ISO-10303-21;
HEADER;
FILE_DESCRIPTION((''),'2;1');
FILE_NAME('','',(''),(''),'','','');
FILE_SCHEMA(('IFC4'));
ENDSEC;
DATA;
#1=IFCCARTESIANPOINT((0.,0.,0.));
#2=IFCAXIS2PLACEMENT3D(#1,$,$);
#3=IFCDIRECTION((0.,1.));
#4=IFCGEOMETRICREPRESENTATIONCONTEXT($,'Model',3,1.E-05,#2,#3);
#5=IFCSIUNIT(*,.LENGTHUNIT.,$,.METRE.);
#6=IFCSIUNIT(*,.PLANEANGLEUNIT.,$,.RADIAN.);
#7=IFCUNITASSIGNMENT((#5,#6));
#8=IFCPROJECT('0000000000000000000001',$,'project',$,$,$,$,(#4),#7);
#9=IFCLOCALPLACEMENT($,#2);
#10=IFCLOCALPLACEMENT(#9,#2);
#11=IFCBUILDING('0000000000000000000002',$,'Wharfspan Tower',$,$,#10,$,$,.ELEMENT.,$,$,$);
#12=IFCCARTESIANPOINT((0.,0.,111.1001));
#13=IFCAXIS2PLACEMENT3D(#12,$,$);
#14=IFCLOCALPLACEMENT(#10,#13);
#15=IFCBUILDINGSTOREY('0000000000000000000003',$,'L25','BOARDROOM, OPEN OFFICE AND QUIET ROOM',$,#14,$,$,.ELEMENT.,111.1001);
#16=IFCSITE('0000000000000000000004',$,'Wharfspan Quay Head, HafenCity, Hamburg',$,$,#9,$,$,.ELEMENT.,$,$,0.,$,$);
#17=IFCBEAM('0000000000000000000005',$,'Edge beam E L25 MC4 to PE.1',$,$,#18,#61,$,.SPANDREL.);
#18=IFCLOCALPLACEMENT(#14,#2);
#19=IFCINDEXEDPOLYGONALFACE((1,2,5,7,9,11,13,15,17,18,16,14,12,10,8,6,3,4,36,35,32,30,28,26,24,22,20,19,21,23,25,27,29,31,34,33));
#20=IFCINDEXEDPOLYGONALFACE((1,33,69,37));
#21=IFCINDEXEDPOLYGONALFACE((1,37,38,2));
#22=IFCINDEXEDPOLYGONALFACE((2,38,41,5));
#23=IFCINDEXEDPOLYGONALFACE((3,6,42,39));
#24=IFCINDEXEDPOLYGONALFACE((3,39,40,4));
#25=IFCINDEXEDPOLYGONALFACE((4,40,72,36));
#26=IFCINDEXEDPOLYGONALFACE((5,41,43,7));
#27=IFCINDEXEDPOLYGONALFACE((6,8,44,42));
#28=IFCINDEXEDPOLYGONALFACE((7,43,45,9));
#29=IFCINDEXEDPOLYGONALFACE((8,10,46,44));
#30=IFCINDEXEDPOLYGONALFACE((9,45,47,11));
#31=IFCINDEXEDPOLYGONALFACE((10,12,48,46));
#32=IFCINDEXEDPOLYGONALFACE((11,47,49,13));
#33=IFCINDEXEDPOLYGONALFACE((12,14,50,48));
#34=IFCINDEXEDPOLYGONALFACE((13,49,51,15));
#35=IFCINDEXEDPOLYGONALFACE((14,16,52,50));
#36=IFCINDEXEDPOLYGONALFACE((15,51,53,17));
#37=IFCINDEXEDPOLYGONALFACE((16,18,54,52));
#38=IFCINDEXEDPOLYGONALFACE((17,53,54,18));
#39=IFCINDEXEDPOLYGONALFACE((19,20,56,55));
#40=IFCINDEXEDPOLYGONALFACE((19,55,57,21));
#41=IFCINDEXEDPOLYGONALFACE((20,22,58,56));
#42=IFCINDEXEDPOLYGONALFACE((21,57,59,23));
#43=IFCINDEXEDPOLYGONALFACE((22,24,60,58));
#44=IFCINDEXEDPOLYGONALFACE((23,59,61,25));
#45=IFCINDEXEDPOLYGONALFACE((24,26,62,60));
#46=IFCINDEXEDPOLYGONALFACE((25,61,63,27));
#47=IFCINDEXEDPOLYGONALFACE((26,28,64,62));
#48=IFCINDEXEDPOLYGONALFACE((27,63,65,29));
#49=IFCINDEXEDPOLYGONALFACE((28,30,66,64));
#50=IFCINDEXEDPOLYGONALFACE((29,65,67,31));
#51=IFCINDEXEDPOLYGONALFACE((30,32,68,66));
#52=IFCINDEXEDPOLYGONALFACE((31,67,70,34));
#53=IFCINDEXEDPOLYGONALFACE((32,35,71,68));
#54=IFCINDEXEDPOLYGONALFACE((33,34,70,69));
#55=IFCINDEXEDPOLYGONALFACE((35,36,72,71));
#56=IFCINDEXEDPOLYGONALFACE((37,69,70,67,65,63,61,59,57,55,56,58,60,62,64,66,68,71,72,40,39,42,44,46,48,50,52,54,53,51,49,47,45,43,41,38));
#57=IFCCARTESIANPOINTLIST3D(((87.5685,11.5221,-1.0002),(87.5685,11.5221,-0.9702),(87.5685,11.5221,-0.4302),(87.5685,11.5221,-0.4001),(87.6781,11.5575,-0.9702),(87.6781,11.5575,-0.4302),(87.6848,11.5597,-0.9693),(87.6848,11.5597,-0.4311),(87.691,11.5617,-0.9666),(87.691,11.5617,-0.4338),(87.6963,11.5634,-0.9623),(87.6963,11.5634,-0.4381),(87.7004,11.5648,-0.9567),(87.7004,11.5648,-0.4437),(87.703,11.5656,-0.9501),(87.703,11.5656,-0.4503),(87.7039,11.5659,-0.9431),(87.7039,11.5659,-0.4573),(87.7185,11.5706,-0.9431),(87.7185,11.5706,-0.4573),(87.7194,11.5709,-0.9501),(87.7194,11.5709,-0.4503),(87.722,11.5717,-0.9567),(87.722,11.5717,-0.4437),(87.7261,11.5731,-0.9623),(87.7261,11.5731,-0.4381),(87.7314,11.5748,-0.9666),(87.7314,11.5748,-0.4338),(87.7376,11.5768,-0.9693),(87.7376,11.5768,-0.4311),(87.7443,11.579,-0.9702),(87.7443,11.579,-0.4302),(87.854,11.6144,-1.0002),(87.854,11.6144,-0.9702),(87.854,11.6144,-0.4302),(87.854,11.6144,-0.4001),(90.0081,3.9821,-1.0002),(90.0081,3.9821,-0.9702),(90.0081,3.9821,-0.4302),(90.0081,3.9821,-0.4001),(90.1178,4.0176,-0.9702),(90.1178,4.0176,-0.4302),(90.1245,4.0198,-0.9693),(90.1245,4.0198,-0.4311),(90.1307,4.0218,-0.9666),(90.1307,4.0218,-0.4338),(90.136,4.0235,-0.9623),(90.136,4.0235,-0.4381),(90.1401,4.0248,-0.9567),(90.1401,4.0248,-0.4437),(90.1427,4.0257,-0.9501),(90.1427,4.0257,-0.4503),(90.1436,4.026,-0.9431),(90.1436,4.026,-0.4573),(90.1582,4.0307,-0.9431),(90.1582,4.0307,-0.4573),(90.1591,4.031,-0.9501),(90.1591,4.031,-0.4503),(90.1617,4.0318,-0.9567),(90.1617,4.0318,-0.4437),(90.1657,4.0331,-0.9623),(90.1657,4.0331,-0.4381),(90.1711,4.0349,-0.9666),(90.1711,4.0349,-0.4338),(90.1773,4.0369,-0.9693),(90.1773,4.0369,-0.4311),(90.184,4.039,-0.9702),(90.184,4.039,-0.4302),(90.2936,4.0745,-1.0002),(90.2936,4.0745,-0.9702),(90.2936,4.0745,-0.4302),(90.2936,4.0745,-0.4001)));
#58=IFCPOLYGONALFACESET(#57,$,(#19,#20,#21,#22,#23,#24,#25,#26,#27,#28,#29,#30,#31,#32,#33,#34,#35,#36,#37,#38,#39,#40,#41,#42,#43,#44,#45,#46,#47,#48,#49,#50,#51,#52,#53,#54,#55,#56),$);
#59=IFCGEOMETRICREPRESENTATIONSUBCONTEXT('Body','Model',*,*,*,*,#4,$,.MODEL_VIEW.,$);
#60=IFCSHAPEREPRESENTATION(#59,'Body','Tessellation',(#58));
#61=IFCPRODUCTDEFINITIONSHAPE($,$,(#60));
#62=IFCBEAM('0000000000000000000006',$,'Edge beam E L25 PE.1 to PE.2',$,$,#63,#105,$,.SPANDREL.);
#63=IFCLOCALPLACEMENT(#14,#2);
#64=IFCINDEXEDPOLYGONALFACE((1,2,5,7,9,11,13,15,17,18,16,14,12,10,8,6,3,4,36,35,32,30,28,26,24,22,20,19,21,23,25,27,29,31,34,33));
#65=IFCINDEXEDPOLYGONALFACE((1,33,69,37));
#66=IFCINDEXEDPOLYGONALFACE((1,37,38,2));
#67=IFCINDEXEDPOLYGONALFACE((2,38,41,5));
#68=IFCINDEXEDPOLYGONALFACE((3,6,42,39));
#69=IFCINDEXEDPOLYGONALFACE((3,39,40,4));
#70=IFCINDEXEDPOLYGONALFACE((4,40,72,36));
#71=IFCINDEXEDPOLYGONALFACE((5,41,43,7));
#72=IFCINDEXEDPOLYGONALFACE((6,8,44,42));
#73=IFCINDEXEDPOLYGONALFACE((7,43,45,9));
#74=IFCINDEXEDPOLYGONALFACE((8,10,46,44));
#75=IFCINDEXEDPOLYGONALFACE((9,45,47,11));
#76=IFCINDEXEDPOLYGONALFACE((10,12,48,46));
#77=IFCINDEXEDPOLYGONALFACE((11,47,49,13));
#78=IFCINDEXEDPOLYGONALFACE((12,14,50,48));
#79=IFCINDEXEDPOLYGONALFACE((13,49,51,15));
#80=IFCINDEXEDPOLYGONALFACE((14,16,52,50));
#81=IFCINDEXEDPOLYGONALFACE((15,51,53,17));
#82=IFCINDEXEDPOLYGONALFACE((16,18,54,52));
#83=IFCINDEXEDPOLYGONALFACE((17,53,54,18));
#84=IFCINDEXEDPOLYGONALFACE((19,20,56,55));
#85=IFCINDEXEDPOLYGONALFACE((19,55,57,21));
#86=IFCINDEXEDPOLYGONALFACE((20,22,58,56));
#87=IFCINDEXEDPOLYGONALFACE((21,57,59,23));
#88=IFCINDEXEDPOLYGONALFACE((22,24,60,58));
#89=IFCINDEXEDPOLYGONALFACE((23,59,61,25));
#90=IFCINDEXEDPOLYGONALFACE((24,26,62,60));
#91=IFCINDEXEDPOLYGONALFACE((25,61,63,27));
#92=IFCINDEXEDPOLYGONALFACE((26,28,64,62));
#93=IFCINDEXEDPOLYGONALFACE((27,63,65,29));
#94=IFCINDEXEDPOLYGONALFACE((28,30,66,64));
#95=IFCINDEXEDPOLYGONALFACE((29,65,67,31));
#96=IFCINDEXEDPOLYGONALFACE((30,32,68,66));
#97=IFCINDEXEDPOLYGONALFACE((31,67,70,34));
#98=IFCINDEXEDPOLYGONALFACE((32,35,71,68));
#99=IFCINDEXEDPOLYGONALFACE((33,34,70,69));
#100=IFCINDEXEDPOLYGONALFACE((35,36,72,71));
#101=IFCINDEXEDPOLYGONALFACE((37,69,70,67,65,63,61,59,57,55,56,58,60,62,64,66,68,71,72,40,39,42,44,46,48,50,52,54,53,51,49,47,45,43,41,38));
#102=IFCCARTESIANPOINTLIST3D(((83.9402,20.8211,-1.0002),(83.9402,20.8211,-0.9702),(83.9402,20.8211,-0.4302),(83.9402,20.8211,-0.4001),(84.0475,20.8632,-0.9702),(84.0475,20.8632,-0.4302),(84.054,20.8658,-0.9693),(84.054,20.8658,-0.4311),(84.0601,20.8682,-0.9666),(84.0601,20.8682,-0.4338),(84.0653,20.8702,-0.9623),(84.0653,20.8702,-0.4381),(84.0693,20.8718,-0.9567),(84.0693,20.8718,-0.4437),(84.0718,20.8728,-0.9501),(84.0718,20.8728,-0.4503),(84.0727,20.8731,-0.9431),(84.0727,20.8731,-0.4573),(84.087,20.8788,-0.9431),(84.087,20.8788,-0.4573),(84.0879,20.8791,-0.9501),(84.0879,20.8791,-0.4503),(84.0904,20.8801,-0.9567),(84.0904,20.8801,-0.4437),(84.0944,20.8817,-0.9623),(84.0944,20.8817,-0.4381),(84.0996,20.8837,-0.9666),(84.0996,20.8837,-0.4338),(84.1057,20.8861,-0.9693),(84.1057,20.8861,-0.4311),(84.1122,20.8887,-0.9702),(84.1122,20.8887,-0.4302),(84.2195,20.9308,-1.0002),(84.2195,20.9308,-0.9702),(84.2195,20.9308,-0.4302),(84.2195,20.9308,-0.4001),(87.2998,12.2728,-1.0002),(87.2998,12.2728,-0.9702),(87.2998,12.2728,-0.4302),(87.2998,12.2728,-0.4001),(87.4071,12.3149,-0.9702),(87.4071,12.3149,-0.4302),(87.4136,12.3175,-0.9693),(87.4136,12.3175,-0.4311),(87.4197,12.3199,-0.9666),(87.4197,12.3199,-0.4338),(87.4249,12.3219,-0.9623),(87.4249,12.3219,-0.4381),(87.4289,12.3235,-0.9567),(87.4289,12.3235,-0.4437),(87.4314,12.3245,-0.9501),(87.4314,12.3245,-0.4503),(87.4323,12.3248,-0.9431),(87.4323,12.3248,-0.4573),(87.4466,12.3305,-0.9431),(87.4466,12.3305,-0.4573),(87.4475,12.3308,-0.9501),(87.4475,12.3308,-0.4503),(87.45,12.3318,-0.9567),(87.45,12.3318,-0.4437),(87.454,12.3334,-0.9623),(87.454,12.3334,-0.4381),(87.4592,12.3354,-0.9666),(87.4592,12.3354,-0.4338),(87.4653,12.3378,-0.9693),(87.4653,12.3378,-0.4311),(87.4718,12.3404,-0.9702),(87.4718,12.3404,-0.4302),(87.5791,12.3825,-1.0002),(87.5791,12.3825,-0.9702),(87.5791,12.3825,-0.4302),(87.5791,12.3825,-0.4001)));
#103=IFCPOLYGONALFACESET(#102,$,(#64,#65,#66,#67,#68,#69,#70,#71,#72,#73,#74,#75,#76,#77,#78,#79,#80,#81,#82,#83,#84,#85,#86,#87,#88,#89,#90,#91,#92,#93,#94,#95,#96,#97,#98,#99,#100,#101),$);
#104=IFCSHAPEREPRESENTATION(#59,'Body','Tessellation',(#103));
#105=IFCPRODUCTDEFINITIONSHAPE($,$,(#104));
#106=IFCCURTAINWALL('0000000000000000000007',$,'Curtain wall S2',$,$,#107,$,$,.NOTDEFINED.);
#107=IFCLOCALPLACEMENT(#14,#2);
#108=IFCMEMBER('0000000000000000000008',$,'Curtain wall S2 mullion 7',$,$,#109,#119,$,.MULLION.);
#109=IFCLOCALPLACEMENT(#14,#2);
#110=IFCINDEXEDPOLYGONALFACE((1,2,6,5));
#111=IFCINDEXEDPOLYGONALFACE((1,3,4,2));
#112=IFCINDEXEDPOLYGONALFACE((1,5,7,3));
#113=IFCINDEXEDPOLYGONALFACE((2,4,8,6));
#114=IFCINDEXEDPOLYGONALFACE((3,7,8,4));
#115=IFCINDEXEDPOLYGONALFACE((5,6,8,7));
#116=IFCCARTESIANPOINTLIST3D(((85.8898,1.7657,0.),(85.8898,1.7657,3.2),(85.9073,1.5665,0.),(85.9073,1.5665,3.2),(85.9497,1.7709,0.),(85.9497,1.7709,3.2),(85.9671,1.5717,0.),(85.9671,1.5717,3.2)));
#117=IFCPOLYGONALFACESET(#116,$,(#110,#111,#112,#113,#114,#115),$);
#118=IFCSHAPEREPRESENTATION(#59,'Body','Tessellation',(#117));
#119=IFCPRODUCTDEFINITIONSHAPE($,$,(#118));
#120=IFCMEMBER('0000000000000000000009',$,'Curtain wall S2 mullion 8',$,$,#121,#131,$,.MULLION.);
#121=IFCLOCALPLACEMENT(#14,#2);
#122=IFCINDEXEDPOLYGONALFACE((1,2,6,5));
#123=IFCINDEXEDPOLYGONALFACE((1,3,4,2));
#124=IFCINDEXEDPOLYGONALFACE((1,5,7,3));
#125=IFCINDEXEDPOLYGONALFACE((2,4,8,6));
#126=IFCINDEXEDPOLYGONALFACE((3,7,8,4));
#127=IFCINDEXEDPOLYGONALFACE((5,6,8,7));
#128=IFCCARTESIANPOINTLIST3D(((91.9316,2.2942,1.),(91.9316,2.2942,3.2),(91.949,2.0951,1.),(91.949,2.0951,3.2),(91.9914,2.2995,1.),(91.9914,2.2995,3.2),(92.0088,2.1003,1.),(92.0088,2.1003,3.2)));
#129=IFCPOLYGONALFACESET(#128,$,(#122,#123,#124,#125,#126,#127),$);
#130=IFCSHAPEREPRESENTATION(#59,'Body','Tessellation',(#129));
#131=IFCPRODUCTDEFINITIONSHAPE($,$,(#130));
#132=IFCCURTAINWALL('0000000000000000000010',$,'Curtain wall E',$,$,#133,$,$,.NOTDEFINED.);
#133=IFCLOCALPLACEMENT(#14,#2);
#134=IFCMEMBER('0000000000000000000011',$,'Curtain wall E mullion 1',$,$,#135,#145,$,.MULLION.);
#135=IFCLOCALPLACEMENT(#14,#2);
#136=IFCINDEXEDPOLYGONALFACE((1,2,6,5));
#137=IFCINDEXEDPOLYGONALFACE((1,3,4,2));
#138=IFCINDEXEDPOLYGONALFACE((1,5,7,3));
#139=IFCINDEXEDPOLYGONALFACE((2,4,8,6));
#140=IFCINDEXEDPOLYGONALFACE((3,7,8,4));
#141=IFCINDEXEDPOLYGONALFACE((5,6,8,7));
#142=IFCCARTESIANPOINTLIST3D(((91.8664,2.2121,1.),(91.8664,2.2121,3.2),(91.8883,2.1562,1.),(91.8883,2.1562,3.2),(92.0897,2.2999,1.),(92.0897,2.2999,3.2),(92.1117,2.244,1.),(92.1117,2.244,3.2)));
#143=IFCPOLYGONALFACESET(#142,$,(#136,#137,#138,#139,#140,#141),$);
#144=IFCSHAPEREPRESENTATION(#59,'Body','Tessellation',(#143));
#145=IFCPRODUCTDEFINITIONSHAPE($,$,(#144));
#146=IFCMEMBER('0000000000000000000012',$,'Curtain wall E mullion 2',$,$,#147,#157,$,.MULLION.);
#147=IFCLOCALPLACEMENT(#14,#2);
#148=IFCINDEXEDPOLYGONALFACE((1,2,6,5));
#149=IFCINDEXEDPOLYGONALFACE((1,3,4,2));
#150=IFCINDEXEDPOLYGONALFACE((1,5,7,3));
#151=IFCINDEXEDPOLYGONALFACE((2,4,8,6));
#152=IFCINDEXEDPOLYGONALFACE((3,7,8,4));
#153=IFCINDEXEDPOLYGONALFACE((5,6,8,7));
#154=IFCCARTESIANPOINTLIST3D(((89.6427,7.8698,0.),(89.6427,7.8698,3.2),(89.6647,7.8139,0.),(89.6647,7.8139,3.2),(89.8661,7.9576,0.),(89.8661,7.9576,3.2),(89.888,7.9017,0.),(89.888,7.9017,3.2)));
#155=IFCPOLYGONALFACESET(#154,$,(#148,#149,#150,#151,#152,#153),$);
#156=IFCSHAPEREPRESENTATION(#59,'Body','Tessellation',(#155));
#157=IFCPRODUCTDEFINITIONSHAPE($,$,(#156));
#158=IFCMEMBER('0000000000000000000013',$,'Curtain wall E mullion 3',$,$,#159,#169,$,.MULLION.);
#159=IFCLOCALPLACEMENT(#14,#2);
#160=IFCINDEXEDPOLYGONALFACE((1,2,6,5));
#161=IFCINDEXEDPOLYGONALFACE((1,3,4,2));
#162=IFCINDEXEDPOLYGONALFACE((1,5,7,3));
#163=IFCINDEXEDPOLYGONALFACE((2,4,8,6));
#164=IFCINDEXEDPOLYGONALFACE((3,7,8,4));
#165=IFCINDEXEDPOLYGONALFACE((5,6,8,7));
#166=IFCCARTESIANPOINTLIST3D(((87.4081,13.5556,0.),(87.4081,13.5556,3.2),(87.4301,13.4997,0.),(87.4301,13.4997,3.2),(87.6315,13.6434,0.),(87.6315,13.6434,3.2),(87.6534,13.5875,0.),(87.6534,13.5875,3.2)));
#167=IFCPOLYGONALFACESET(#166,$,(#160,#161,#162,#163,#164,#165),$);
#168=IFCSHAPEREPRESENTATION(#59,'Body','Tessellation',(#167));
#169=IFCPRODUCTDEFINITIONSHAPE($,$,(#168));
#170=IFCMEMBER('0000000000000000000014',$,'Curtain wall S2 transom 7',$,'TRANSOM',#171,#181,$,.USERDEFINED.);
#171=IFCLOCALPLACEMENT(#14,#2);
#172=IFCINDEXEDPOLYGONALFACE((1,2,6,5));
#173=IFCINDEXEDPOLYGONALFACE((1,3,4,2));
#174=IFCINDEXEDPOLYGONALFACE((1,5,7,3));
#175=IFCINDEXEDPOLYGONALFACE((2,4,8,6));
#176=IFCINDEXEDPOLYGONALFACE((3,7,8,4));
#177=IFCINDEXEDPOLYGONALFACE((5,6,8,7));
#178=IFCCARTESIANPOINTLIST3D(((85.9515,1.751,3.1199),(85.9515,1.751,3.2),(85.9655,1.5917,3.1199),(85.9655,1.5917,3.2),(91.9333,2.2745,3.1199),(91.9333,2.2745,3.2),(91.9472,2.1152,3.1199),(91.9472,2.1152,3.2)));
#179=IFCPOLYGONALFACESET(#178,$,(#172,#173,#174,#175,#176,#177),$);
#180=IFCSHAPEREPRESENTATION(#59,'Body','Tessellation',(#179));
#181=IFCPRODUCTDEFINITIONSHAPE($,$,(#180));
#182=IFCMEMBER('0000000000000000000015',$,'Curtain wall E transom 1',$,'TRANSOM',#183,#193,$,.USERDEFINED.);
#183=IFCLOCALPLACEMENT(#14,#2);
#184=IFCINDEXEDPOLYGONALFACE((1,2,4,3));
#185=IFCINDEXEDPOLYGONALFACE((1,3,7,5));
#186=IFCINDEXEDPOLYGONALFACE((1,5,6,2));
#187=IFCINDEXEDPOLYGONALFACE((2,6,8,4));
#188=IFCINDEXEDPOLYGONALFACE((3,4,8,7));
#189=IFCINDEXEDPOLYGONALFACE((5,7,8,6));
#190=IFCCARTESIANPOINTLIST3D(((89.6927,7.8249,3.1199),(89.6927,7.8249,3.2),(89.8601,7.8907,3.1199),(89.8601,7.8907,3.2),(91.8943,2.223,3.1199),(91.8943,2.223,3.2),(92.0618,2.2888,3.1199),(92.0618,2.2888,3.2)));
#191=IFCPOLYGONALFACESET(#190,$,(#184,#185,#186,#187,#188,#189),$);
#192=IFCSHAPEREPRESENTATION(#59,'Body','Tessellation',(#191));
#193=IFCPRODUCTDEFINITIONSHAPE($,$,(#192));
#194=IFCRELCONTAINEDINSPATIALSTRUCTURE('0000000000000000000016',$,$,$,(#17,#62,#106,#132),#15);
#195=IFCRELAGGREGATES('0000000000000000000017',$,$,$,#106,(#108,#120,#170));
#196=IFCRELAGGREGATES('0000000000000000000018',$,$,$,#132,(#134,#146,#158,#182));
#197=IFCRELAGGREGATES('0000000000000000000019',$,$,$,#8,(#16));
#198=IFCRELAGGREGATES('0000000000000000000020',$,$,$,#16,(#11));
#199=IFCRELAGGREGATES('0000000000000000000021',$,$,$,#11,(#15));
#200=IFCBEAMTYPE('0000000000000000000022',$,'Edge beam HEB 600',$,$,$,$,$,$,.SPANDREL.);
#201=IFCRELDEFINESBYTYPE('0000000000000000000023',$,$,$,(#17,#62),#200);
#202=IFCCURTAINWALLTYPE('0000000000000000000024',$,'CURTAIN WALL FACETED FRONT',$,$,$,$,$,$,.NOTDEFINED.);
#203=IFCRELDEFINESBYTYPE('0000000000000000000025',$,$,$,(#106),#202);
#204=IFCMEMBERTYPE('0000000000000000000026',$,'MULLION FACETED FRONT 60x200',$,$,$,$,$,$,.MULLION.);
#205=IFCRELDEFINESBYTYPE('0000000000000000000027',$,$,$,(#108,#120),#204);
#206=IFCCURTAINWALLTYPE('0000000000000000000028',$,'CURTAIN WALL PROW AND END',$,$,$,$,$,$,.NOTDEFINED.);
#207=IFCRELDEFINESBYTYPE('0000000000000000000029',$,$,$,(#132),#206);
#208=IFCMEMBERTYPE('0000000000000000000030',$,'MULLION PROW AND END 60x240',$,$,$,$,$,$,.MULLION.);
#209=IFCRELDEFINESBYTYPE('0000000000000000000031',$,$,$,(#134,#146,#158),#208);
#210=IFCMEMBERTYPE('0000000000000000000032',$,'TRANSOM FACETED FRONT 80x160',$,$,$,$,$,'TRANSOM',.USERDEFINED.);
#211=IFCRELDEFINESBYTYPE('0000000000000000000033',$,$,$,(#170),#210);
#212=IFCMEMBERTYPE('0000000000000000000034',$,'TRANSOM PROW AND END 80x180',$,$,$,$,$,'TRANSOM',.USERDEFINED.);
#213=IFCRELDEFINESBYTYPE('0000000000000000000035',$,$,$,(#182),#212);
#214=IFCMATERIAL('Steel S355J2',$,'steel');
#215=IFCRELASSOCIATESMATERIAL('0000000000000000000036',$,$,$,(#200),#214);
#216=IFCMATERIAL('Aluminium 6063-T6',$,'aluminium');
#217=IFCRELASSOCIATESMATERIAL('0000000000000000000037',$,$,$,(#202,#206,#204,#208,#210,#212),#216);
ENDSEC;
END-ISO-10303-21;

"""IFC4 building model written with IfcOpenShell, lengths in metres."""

from ifc_helpers import new_model, si_unit, direction, frame, origin, origin_2d, place, context, subcontext, project, spatial, rectangle, i_section, extrude, material, material_profile, profile_set, type_object, element, aggregate, save


model = new_model("IFC4")

# Units and contexts
model_context = context("Model", 3, precision=1e-05, world=origin(), true_north=direction((0.0, 1.0)))
body_context = subcontext(model_context, "Body", "Model", "MODEL_VIEW")
ifc_project = project(units=[si_unit("LENGTHUNIT", "METRE"), si_unit("PLANEANGLEUNIT", "RADIAN")], contexts=[model_context])

# Site, building, storey
site_placement = place(None, origin())
site = spatial("IfcSite", under=ifc_project, at=site_placement, Name="Wharfspan Quay Head, HafenCity, Hamburg", CompositionType="ELEMENT", RefElevation=0.0)
building_placement = place(site_placement, origin())
building = spatial("IfcBuilding", under=site, at=building_placement, Name="Wharfspan Tower", CompositionType="ELEMENT")
storey_placement = place(building_placement, frame((0.0, 0.0, 111.1001)))
storey = spatial("IfcBuildingStorey", under=building, at=storey_placement, Name="L25", Description="BOARDROOM, OPEN OFFICE AND QUIET ROOM", CompositionType="ELEMENT", Elevation=111.1001)

# Shared definitions
ifc_material_1 = material(Name="Steel S355J2", Category="steel")

# Beams
ifc_material_profile_1 = material_profile(ifc_material_1, i_section(OverallWidth=0.3, OverallDepth=0.6001, WebThickness=0.0154, FlangeThickness=0.03, FilletRadius=0.0271, at=origin_2d()))
ifc_profile_set_1 = profile_set([ifc_material_profile_1], Name="Steel S355J2")
beam_type = type_object("IfcBeamType", Name="Edge beam HEB 600", PredefinedType="SPANDREL", material=ifc_profile_set_1)
beam_1_placement = place(storey_placement, frame((90.1509, 4.0283, -0.7002), z_axis=(-0.307851, 0.951434, 0.0), x_axis=(-0.951434, -0.307851, 0.0)))
element("IfcBeam", 1, at=beam_1_placement, inside=storey, type_object=beam_type, Name="Edge beam E L25 MC4 to PE.1", PredefinedType="SPANDREL", context=body_context, shape_type="SweptSolid", body=[
    extrude(i_section(OverallWidth=0.3, OverallDepth=0.6001, WebThickness=0.0154, FlangeThickness=0.03, FilletRadius=0.0271, at=origin_2d()), origin(), (0.0, 0.0, 1.0), 7.9248),
])
beam_2_placement = place(storey_placement, frame((87.4395, 12.3276, -0.7002), z_axis=(-0.365779, 0.930702, 0.0), x_axis=(-0.930702, -0.365779, 0.0)))
element("IfcBeam", 2, at=beam_2_placement, inside=storey, type_object=beam_type, Name="Edge beam E L25 PE.1 to PE.2", PredefinedType="SPANDREL", context=body_context, shape_type="SweptSolid", body=[
    extrude(i_section(OverallWidth=0.3, OverallDepth=0.6001, WebThickness=0.0154, FlangeThickness=0.03, FilletRadius=0.0271, at=origin_2d()), origin(), (0.0, 0.0, 1.0), 9.1848),
])

# Curtain walls, members
ifc_material_2 = material(Name="Aluminium 6063-T6", Category="aluminium")
curtain_wall_type_1 = type_object("IfcCurtainWallType", Name="CURTAIN WALL FACETED FRONT", PredefinedType="NOTDEFINED", material=ifc_material_2)
curtain_wall_1_placement = place(storey_placement, origin())
curtain_wall_1 = element("IfcCurtainWall", 3, at=curtain_wall_1_placement, inside=storey, type_object=curtain_wall_type_1, Name="Curtain wall S2", PredefinedType="NOTDEFINED")
ifc_material_profile_2 = material_profile(ifc_material_2, rectangle(XDim=0.2, YDim=0.0601, at=origin_2d()))
ifc_profile_set_2 = profile_set([ifc_material_profile_2], Name="Aluminium 6063-T6")
member_type_1 = type_object("IfcMemberType", Name="MULLION FACETED FRONT 60x200", PredefinedType="MULLION", material=ifc_profile_set_2)
member_1_placement = place(storey_placement, frame((85.9285, 1.6687, 0.0), z_axis=(0.0, 0.0, 1.0), x_axis=(-0.087156, 0.996198, 0.0)))
member_1 = element("IfcMember", 4, at=member_1_placement, type_object=member_type_1, Name="Curtain wall S2 mullion 7", PredefinedType="MULLION", context=body_context, shape_type="SweptSolid", body=[
    extrude(rectangle(XDim=0.2, YDim=0.0601, at=origin_2d()), origin(), (0.0, 0.0, 1.0), 3.2),
])
member_2_placement = place(storey_placement, frame((91.9702, 2.1973, 1.0), z_axis=(0.0, 0.0, 1.0), x_axis=(-0.087156, 0.996198, 0.0)))
member_2 = element("IfcMember", 5, at=member_2_placement, type_object=member_type_1, Name="Curtain wall S2 mullion 8", PredefinedType="MULLION", context=body_context, shape_type="SweptSolid", body=[
    extrude(rectangle(XDim=0.2, YDim=0.0601, at=origin_2d()), origin(), (0.0, 0.0, 1.0), 2.2),
])
curtain_wall_type_2 = type_object("IfcCurtainWallType", Name="CURTAIN WALL PROW AND END", PredefinedType="NOTDEFINED", material=ifc_material_2)
curtain_wall_2_placement = place(storey_placement, origin())
curtain_wall_2 = element("IfcCurtainWall", 6, at=curtain_wall_2_placement, inside=storey, type_object=curtain_wall_type_2, Name="Curtain wall E", PredefinedType="NOTDEFINED")
ifc_material_profile_3 = material_profile(ifc_material_2, rectangle(XDim=0.24, YDim=0.0601, at=origin_2d()))
ifc_profile_set_3 = profile_set([ifc_material_profile_3], Name="Aluminium 6063-T6")
member_type_2 = type_object("IfcMemberType", Name="MULLION PROW AND END 60x240", PredefinedType="MULLION", material=ifc_profile_set_3)
member_3_placement = place(storey_placement, frame((91.989, 2.228, 1.0), z_axis=(0.0, 0.0, 1.0), x_axis=(-0.930702, -0.365778, 0.0)))
member_3 = element("IfcMember", 7, at=member_3_placement, type_object=member_type_2, Name="Curtain wall E mullion 1", PredefinedType="MULLION", context=body_context, shape_type="SweptSolid", body=[
    extrude(rectangle(XDim=0.24, YDim=0.0601, at=origin_2d()), origin(), (0.0, 0.0, 1.0), 2.2),
])
member_4_placement = place(storey_placement, frame((89.7654, 7.8857, 0.0), z_axis=(0.0, 0.0, 1.0), x_axis=(-0.930702, -0.365778, 0.0)))
member_4 = element("IfcMember", 8, at=member_4_placement, type_object=member_type_2, Name="Curtain wall E mullion 2", PredefinedType="MULLION", context=body_context, shape_type="SweptSolid", body=[
    extrude(rectangle(XDim=0.24, YDim=0.0601, at=origin_2d()), origin(), (0.0, 0.0, 1.0), 3.2),
])
member_5_placement = place(storey_placement, frame((87.5308, 13.5715, 0.0), z_axis=(0.0, 0.0, 1.0), x_axis=(-0.930702, -0.365778, 0.0)))
member_5 = element("IfcMember", 9, at=member_5_placement, type_object=member_type_2, Name="Curtain wall E mullion 3", PredefinedType="MULLION", context=body_context, shape_type="SweptSolid", body=[
    extrude(rectangle(XDim=0.24, YDim=0.0601, at=origin_2d()), origin(), (0.0, 0.0, 1.0), 3.2),
])

# Members
ifc_material_profile_4 = material_profile(ifc_material_2, rectangle(XDim=0.1599, YDim=0.0801, at=origin_2d()))
ifc_profile_set_4 = profile_set([ifc_material_profile_4], Name="Aluminium 6063-T6")
member_type_3 = type_object("IfcMemberType", Name="TRANSOM FACETED FRONT 80x160", ElementType="TRANSOM", PredefinedType="USERDEFINED", material=ifc_profile_set_4)
member_6_placement = place(storey_placement, frame((85.9585, 1.6714, 3.1599), z_axis=(0.996193, 0.087174, 0.0), x_axis=(-0.087174, 0.996193, 0.0)))
member_6 = element("IfcMember", 10, at=member_6_placement, type_object=member_type_3, Name="Curtain wall S2 transom 7", ObjectType="TRANSOM", PredefinedType="USERDEFINED", context=body_context, shape_type="SweptSolid", body=[
    extrude(rectangle(XDim=0.1599, YDim=0.0801, at=origin_2d()), origin(), (0.0, 0.0, 1.0), 6.0046),
])
ifc_material_profile_5 = material_profile(ifc_material_2, rectangle(XDim=0.1799, YDim=0.0801, at=origin_2d()))
ifc_profile_set_5 = profile_set([ifc_material_profile_5], Name="Aluminium 6063-T6")
member_type_4 = type_object("IfcMemberType", Name="TRANSOM PROW AND END 80x180", ElementType="TRANSOM", PredefinedType="USERDEFINED", material=ifc_profile_set_5)
member_7_placement = place(storey_placement, frame((91.978, 2.2559, 3.1599), z_axis=(-0.365775, 0.930703, 0.0), x_axis=(-0.930703, -0.365775, 0.0)))
member_7 = element("IfcMember", 11, at=member_7_placement, type_object=member_type_4, Name="Curtain wall E transom 1", ObjectType="TRANSOM", PredefinedType="USERDEFINED", context=body_context, shape_type="SweptSolid", body=[
    extrude(rectangle(XDim=0.1799, YDim=0.0801, at=origin_2d()), origin(), (0.0, 0.0, 1.0), 6.019),
])

aggregate(curtain_wall_1, [member_1, member_2, member_6])
aggregate(curtain_wall_2, [member_3, member_4, member_5, member_7])

save(model, "model.ifc")
